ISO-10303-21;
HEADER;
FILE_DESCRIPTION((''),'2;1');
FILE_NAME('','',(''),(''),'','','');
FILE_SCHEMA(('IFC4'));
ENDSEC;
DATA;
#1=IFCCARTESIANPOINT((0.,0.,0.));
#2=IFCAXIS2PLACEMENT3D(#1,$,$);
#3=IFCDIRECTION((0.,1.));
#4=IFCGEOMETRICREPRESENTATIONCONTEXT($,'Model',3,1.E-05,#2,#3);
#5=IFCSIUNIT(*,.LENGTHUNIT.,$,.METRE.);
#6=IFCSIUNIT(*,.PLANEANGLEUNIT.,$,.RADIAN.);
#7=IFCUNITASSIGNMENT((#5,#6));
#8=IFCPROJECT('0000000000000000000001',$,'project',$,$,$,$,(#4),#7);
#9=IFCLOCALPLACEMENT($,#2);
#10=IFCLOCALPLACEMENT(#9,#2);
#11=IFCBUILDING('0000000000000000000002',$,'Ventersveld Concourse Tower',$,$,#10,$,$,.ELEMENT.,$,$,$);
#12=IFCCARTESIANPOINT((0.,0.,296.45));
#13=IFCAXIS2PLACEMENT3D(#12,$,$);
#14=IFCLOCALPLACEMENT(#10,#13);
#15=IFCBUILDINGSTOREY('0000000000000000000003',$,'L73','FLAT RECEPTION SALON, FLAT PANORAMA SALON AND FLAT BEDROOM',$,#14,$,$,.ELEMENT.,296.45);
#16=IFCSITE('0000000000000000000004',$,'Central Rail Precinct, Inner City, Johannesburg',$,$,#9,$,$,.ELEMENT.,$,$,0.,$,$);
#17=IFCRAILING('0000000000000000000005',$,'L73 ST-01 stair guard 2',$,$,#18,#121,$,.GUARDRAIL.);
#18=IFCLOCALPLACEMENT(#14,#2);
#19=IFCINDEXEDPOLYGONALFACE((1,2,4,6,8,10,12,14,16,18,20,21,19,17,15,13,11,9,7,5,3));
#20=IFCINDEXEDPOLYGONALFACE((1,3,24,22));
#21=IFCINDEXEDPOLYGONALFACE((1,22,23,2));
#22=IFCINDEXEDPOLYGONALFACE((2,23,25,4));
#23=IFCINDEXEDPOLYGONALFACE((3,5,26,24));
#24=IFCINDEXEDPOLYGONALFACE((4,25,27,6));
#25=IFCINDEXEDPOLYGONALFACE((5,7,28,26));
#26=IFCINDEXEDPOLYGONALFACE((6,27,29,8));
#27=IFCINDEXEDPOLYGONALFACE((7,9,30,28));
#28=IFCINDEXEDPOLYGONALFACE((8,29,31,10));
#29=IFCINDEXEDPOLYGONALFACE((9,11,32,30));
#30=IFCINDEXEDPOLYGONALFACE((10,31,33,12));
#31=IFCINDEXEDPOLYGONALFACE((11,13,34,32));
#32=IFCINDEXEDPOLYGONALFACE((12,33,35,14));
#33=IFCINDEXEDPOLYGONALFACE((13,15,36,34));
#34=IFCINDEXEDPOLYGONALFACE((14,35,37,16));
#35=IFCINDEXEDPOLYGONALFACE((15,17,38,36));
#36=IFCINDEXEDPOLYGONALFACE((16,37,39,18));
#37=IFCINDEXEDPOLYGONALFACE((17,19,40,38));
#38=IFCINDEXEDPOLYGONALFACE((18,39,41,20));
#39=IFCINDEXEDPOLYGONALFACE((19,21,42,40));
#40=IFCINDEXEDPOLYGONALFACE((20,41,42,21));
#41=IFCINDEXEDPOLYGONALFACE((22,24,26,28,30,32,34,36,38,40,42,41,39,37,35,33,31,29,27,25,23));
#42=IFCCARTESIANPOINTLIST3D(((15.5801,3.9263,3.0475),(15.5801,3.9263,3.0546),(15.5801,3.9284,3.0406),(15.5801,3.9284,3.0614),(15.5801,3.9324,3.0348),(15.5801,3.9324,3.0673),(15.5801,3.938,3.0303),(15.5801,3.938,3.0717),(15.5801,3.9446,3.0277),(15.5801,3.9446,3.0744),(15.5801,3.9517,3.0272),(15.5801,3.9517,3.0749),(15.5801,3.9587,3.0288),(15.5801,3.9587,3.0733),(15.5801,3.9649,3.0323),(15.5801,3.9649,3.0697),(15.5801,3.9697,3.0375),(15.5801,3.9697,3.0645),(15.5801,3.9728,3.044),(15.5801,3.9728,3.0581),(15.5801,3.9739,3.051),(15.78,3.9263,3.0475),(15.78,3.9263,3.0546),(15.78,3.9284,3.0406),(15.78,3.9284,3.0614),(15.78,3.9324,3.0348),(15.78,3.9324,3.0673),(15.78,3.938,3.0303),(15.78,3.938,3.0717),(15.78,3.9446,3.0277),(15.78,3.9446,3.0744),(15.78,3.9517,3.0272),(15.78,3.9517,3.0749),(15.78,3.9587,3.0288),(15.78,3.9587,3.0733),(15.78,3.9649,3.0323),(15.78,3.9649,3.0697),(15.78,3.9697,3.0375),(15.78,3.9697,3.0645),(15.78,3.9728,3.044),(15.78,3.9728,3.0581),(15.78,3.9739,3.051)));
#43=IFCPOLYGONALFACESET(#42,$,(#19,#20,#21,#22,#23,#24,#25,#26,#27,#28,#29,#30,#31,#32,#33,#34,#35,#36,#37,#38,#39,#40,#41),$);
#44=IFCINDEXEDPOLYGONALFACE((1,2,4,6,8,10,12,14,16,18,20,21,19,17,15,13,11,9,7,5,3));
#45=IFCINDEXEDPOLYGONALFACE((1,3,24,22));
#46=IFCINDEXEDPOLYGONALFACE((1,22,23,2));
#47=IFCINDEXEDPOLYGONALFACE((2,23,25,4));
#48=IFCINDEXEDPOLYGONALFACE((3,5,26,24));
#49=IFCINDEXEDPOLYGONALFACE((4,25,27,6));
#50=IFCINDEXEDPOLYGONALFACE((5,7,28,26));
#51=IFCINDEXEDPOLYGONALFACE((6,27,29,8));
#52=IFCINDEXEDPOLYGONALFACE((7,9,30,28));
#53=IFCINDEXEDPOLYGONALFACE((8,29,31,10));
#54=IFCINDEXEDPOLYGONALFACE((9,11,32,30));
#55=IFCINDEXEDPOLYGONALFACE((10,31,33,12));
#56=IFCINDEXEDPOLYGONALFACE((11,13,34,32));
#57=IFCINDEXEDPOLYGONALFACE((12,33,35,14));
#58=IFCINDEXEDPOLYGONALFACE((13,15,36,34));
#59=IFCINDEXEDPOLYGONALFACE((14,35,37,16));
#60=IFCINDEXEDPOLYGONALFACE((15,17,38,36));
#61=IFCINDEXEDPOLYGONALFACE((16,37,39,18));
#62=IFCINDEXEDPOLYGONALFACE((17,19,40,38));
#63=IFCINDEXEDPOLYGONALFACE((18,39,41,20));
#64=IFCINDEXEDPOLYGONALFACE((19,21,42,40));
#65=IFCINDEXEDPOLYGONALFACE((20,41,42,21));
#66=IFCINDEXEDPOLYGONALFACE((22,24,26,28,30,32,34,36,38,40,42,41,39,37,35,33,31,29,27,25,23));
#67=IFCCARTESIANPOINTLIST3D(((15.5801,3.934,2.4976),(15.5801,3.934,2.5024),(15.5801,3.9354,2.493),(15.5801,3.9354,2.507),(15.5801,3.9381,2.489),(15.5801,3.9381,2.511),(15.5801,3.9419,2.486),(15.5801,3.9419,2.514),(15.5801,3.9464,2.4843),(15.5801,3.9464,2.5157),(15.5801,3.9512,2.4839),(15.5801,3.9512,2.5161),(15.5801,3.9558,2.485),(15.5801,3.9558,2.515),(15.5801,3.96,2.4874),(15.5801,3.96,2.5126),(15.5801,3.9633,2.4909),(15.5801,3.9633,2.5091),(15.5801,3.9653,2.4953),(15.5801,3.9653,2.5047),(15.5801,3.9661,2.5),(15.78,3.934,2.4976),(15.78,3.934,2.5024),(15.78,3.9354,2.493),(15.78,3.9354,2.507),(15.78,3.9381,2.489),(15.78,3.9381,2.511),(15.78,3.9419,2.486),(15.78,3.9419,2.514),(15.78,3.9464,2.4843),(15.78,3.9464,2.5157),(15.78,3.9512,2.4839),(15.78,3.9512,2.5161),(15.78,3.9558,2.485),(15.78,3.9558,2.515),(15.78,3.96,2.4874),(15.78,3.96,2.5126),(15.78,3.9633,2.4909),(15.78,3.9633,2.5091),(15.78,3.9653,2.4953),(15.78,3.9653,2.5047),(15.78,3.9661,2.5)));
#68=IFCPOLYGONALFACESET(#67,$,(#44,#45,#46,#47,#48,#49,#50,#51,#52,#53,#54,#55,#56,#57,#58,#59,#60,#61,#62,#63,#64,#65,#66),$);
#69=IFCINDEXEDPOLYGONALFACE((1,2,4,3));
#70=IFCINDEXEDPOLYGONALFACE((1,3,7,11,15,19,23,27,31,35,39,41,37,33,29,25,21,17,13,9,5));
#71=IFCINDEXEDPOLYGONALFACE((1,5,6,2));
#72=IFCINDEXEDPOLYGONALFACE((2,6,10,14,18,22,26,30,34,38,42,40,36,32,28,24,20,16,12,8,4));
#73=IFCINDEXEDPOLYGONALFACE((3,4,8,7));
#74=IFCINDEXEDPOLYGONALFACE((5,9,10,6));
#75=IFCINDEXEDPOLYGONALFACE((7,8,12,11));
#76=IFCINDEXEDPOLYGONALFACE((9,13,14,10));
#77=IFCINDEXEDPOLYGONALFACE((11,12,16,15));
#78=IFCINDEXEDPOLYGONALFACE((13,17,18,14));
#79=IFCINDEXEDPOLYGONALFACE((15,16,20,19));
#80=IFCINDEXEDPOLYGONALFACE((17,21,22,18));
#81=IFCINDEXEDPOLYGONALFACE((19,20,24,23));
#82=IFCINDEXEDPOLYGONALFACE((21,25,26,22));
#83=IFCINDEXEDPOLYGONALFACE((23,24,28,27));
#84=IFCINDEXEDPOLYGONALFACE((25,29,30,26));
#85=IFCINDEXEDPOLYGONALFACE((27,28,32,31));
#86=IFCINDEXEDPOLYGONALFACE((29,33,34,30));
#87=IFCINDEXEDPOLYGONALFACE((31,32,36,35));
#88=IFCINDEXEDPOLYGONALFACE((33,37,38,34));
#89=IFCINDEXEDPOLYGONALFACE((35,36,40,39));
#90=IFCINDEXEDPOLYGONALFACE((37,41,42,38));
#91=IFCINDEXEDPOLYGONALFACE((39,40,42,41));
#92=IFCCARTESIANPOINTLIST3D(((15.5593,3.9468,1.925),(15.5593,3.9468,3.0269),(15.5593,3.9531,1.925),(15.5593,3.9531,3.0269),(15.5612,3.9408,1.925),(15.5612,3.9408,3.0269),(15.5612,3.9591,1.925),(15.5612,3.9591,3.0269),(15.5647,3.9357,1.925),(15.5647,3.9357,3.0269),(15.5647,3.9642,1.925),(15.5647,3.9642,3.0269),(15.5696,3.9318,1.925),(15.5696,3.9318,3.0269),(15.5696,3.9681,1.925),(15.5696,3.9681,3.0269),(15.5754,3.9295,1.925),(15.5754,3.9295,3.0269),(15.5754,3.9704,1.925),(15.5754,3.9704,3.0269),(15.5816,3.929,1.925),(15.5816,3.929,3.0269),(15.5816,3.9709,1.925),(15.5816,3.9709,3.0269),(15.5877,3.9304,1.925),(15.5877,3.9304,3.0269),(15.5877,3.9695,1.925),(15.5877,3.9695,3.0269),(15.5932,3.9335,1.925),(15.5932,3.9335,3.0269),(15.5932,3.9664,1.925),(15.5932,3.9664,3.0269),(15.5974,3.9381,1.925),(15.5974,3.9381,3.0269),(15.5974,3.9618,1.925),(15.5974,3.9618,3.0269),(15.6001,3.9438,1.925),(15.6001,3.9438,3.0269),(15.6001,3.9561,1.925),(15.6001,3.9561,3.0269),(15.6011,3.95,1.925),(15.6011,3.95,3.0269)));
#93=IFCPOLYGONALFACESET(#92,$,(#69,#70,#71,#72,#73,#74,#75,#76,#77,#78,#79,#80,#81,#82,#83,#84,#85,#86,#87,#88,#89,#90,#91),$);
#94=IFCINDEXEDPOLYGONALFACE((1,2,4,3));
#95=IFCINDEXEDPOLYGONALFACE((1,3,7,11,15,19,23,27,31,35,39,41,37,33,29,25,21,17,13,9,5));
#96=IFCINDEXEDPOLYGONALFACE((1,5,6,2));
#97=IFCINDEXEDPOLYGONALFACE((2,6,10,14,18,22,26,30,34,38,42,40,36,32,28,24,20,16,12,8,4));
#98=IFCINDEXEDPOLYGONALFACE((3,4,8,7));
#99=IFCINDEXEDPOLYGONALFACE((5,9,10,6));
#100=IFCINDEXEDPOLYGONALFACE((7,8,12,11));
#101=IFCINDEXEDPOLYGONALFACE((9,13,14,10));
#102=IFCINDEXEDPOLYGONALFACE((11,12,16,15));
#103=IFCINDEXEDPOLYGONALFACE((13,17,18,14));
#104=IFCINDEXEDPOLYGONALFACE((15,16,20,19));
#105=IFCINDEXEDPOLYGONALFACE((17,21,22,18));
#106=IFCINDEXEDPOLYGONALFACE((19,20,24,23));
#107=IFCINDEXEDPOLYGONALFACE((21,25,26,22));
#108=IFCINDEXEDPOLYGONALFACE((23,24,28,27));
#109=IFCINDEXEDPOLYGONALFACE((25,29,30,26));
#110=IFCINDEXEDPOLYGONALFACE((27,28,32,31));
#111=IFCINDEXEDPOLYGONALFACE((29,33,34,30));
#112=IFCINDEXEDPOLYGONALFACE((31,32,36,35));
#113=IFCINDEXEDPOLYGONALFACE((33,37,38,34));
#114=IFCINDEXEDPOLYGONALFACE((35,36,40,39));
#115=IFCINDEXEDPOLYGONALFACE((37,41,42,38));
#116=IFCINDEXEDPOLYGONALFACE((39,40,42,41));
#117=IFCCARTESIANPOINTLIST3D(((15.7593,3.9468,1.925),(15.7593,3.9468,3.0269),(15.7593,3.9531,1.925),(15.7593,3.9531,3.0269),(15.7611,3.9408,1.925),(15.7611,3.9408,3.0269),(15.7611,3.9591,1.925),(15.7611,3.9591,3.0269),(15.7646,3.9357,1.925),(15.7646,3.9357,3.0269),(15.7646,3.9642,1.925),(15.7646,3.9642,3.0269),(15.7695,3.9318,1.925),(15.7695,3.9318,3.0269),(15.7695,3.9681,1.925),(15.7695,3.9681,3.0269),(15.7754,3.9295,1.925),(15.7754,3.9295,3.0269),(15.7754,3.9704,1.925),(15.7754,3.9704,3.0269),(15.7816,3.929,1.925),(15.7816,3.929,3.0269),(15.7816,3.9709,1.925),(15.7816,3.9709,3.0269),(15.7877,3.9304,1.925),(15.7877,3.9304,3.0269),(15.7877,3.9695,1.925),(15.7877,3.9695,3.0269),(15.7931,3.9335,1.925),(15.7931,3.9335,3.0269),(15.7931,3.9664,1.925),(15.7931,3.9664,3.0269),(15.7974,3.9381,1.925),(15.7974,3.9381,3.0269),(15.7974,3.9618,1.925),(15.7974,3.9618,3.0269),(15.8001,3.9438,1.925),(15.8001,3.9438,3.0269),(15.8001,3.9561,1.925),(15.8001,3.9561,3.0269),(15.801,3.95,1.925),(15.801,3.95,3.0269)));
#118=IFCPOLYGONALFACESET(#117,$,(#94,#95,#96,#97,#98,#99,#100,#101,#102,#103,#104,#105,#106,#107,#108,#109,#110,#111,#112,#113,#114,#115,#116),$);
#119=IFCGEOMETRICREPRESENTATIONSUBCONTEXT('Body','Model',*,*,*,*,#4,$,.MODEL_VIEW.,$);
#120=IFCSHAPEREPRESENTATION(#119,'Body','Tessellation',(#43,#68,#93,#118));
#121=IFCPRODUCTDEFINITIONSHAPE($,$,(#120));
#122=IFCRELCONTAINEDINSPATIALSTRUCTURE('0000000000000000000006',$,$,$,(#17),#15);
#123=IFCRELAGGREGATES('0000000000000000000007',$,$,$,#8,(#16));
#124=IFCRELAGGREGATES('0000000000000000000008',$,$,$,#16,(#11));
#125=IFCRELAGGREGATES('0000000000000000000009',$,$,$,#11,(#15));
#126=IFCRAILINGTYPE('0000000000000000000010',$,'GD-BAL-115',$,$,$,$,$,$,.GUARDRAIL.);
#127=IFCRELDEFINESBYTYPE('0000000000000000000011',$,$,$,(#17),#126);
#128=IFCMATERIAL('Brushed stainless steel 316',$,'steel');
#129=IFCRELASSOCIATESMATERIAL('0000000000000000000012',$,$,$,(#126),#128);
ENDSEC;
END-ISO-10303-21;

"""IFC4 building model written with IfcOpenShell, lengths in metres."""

from ifc_helpers import new_model, si_unit, direction, frame, origin, origin_2d, place, context, subcontext, project, spatial, circle, extrude, material, type_object, element, save


model = new_model("IFC4")

# Units and contexts
model_context = context("Model", 3, precision=1e-05, world=origin(), true_north=direction((0.0, 1.0)))
body_context = subcontext(model_context, "Body", "Model", "MODEL_VIEW")
ifc_project = project(units=[si_unit("LENGTHUNIT", "METRE"), si_unit("PLANEANGLEUNIT", "RADIAN")], contexts=[model_context])

# Site, building, storey
site_placement = place(None, origin())
site = spatial("IfcSite", under=ifc_project, at=site_placement, Name="Central Rail Precinct, Inner City, Johannesburg", CompositionType="ELEMENT", RefElevation=0.0)
building_placement = place(site_placement, origin())
building = spatial("IfcBuilding", under=site, at=building_placement, Name="Ventersveld Concourse Tower", CompositionType="ELEMENT")
storey_placement = place(building_placement, frame((0.0, 0.0, 296.45)))
storey = spatial("IfcBuildingStorey", under=building, at=storey_placement, Name="L73", Description="FLAT RECEPTION SALON, FLAT PANORAMA SALON AND FLAT BEDROOM", CompositionType="ELEMENT", Elevation=296.45)

# Railing
ifc_material_1 = material(Name="Brushed stainless steel 316", Category="steel")
railing_type_1 = type_object("IfcRailingType", Name="GD-BAL-115", PredefinedType="GUARDRAIL", material=ifc_material_1)
railing_1_placement = place(storey_placement, frame((15.5801, 3.95, 1.925)))
element("IfcRailing", 1, at=railing_1_placement, inside=storey, type_object=railing_type_1, Name="L73 ST-01 stair guard 2", PredefinedType="GUARDRAIL", context=body_context, shape_type="SweptSolid", body=[
    extrude(circle(Radius=0.0239, at=origin_2d()), frame((0.0, 0.0, 1.126), z_axis=(1.0, 0.0, 0.0), x_axis=(0.0, 1.0, 0.0)), (0.0, 0.0, 1.0), 0.2),
    extrude(circle(Radius=0.0161, at=origin_2d()), frame((0.0, 0.0, 0.575), z_axis=(1.0, 0.0, 0.0), x_axis=(0.0, 1.0, 0.0)), (0.0, 0.0, 1.0), 0.2),
    extrude(circle(Radius=0.021, at=origin_2d()), origin(), (0.0, 0.0, 1.0), 1.1018),
    extrude(circle(Radius=0.021, at=origin_2d()), frame((0.2, 0.0, 0.0)), (0.0, 0.0, 1.0), 1.1018),
])

save(model, "model.ifc")
